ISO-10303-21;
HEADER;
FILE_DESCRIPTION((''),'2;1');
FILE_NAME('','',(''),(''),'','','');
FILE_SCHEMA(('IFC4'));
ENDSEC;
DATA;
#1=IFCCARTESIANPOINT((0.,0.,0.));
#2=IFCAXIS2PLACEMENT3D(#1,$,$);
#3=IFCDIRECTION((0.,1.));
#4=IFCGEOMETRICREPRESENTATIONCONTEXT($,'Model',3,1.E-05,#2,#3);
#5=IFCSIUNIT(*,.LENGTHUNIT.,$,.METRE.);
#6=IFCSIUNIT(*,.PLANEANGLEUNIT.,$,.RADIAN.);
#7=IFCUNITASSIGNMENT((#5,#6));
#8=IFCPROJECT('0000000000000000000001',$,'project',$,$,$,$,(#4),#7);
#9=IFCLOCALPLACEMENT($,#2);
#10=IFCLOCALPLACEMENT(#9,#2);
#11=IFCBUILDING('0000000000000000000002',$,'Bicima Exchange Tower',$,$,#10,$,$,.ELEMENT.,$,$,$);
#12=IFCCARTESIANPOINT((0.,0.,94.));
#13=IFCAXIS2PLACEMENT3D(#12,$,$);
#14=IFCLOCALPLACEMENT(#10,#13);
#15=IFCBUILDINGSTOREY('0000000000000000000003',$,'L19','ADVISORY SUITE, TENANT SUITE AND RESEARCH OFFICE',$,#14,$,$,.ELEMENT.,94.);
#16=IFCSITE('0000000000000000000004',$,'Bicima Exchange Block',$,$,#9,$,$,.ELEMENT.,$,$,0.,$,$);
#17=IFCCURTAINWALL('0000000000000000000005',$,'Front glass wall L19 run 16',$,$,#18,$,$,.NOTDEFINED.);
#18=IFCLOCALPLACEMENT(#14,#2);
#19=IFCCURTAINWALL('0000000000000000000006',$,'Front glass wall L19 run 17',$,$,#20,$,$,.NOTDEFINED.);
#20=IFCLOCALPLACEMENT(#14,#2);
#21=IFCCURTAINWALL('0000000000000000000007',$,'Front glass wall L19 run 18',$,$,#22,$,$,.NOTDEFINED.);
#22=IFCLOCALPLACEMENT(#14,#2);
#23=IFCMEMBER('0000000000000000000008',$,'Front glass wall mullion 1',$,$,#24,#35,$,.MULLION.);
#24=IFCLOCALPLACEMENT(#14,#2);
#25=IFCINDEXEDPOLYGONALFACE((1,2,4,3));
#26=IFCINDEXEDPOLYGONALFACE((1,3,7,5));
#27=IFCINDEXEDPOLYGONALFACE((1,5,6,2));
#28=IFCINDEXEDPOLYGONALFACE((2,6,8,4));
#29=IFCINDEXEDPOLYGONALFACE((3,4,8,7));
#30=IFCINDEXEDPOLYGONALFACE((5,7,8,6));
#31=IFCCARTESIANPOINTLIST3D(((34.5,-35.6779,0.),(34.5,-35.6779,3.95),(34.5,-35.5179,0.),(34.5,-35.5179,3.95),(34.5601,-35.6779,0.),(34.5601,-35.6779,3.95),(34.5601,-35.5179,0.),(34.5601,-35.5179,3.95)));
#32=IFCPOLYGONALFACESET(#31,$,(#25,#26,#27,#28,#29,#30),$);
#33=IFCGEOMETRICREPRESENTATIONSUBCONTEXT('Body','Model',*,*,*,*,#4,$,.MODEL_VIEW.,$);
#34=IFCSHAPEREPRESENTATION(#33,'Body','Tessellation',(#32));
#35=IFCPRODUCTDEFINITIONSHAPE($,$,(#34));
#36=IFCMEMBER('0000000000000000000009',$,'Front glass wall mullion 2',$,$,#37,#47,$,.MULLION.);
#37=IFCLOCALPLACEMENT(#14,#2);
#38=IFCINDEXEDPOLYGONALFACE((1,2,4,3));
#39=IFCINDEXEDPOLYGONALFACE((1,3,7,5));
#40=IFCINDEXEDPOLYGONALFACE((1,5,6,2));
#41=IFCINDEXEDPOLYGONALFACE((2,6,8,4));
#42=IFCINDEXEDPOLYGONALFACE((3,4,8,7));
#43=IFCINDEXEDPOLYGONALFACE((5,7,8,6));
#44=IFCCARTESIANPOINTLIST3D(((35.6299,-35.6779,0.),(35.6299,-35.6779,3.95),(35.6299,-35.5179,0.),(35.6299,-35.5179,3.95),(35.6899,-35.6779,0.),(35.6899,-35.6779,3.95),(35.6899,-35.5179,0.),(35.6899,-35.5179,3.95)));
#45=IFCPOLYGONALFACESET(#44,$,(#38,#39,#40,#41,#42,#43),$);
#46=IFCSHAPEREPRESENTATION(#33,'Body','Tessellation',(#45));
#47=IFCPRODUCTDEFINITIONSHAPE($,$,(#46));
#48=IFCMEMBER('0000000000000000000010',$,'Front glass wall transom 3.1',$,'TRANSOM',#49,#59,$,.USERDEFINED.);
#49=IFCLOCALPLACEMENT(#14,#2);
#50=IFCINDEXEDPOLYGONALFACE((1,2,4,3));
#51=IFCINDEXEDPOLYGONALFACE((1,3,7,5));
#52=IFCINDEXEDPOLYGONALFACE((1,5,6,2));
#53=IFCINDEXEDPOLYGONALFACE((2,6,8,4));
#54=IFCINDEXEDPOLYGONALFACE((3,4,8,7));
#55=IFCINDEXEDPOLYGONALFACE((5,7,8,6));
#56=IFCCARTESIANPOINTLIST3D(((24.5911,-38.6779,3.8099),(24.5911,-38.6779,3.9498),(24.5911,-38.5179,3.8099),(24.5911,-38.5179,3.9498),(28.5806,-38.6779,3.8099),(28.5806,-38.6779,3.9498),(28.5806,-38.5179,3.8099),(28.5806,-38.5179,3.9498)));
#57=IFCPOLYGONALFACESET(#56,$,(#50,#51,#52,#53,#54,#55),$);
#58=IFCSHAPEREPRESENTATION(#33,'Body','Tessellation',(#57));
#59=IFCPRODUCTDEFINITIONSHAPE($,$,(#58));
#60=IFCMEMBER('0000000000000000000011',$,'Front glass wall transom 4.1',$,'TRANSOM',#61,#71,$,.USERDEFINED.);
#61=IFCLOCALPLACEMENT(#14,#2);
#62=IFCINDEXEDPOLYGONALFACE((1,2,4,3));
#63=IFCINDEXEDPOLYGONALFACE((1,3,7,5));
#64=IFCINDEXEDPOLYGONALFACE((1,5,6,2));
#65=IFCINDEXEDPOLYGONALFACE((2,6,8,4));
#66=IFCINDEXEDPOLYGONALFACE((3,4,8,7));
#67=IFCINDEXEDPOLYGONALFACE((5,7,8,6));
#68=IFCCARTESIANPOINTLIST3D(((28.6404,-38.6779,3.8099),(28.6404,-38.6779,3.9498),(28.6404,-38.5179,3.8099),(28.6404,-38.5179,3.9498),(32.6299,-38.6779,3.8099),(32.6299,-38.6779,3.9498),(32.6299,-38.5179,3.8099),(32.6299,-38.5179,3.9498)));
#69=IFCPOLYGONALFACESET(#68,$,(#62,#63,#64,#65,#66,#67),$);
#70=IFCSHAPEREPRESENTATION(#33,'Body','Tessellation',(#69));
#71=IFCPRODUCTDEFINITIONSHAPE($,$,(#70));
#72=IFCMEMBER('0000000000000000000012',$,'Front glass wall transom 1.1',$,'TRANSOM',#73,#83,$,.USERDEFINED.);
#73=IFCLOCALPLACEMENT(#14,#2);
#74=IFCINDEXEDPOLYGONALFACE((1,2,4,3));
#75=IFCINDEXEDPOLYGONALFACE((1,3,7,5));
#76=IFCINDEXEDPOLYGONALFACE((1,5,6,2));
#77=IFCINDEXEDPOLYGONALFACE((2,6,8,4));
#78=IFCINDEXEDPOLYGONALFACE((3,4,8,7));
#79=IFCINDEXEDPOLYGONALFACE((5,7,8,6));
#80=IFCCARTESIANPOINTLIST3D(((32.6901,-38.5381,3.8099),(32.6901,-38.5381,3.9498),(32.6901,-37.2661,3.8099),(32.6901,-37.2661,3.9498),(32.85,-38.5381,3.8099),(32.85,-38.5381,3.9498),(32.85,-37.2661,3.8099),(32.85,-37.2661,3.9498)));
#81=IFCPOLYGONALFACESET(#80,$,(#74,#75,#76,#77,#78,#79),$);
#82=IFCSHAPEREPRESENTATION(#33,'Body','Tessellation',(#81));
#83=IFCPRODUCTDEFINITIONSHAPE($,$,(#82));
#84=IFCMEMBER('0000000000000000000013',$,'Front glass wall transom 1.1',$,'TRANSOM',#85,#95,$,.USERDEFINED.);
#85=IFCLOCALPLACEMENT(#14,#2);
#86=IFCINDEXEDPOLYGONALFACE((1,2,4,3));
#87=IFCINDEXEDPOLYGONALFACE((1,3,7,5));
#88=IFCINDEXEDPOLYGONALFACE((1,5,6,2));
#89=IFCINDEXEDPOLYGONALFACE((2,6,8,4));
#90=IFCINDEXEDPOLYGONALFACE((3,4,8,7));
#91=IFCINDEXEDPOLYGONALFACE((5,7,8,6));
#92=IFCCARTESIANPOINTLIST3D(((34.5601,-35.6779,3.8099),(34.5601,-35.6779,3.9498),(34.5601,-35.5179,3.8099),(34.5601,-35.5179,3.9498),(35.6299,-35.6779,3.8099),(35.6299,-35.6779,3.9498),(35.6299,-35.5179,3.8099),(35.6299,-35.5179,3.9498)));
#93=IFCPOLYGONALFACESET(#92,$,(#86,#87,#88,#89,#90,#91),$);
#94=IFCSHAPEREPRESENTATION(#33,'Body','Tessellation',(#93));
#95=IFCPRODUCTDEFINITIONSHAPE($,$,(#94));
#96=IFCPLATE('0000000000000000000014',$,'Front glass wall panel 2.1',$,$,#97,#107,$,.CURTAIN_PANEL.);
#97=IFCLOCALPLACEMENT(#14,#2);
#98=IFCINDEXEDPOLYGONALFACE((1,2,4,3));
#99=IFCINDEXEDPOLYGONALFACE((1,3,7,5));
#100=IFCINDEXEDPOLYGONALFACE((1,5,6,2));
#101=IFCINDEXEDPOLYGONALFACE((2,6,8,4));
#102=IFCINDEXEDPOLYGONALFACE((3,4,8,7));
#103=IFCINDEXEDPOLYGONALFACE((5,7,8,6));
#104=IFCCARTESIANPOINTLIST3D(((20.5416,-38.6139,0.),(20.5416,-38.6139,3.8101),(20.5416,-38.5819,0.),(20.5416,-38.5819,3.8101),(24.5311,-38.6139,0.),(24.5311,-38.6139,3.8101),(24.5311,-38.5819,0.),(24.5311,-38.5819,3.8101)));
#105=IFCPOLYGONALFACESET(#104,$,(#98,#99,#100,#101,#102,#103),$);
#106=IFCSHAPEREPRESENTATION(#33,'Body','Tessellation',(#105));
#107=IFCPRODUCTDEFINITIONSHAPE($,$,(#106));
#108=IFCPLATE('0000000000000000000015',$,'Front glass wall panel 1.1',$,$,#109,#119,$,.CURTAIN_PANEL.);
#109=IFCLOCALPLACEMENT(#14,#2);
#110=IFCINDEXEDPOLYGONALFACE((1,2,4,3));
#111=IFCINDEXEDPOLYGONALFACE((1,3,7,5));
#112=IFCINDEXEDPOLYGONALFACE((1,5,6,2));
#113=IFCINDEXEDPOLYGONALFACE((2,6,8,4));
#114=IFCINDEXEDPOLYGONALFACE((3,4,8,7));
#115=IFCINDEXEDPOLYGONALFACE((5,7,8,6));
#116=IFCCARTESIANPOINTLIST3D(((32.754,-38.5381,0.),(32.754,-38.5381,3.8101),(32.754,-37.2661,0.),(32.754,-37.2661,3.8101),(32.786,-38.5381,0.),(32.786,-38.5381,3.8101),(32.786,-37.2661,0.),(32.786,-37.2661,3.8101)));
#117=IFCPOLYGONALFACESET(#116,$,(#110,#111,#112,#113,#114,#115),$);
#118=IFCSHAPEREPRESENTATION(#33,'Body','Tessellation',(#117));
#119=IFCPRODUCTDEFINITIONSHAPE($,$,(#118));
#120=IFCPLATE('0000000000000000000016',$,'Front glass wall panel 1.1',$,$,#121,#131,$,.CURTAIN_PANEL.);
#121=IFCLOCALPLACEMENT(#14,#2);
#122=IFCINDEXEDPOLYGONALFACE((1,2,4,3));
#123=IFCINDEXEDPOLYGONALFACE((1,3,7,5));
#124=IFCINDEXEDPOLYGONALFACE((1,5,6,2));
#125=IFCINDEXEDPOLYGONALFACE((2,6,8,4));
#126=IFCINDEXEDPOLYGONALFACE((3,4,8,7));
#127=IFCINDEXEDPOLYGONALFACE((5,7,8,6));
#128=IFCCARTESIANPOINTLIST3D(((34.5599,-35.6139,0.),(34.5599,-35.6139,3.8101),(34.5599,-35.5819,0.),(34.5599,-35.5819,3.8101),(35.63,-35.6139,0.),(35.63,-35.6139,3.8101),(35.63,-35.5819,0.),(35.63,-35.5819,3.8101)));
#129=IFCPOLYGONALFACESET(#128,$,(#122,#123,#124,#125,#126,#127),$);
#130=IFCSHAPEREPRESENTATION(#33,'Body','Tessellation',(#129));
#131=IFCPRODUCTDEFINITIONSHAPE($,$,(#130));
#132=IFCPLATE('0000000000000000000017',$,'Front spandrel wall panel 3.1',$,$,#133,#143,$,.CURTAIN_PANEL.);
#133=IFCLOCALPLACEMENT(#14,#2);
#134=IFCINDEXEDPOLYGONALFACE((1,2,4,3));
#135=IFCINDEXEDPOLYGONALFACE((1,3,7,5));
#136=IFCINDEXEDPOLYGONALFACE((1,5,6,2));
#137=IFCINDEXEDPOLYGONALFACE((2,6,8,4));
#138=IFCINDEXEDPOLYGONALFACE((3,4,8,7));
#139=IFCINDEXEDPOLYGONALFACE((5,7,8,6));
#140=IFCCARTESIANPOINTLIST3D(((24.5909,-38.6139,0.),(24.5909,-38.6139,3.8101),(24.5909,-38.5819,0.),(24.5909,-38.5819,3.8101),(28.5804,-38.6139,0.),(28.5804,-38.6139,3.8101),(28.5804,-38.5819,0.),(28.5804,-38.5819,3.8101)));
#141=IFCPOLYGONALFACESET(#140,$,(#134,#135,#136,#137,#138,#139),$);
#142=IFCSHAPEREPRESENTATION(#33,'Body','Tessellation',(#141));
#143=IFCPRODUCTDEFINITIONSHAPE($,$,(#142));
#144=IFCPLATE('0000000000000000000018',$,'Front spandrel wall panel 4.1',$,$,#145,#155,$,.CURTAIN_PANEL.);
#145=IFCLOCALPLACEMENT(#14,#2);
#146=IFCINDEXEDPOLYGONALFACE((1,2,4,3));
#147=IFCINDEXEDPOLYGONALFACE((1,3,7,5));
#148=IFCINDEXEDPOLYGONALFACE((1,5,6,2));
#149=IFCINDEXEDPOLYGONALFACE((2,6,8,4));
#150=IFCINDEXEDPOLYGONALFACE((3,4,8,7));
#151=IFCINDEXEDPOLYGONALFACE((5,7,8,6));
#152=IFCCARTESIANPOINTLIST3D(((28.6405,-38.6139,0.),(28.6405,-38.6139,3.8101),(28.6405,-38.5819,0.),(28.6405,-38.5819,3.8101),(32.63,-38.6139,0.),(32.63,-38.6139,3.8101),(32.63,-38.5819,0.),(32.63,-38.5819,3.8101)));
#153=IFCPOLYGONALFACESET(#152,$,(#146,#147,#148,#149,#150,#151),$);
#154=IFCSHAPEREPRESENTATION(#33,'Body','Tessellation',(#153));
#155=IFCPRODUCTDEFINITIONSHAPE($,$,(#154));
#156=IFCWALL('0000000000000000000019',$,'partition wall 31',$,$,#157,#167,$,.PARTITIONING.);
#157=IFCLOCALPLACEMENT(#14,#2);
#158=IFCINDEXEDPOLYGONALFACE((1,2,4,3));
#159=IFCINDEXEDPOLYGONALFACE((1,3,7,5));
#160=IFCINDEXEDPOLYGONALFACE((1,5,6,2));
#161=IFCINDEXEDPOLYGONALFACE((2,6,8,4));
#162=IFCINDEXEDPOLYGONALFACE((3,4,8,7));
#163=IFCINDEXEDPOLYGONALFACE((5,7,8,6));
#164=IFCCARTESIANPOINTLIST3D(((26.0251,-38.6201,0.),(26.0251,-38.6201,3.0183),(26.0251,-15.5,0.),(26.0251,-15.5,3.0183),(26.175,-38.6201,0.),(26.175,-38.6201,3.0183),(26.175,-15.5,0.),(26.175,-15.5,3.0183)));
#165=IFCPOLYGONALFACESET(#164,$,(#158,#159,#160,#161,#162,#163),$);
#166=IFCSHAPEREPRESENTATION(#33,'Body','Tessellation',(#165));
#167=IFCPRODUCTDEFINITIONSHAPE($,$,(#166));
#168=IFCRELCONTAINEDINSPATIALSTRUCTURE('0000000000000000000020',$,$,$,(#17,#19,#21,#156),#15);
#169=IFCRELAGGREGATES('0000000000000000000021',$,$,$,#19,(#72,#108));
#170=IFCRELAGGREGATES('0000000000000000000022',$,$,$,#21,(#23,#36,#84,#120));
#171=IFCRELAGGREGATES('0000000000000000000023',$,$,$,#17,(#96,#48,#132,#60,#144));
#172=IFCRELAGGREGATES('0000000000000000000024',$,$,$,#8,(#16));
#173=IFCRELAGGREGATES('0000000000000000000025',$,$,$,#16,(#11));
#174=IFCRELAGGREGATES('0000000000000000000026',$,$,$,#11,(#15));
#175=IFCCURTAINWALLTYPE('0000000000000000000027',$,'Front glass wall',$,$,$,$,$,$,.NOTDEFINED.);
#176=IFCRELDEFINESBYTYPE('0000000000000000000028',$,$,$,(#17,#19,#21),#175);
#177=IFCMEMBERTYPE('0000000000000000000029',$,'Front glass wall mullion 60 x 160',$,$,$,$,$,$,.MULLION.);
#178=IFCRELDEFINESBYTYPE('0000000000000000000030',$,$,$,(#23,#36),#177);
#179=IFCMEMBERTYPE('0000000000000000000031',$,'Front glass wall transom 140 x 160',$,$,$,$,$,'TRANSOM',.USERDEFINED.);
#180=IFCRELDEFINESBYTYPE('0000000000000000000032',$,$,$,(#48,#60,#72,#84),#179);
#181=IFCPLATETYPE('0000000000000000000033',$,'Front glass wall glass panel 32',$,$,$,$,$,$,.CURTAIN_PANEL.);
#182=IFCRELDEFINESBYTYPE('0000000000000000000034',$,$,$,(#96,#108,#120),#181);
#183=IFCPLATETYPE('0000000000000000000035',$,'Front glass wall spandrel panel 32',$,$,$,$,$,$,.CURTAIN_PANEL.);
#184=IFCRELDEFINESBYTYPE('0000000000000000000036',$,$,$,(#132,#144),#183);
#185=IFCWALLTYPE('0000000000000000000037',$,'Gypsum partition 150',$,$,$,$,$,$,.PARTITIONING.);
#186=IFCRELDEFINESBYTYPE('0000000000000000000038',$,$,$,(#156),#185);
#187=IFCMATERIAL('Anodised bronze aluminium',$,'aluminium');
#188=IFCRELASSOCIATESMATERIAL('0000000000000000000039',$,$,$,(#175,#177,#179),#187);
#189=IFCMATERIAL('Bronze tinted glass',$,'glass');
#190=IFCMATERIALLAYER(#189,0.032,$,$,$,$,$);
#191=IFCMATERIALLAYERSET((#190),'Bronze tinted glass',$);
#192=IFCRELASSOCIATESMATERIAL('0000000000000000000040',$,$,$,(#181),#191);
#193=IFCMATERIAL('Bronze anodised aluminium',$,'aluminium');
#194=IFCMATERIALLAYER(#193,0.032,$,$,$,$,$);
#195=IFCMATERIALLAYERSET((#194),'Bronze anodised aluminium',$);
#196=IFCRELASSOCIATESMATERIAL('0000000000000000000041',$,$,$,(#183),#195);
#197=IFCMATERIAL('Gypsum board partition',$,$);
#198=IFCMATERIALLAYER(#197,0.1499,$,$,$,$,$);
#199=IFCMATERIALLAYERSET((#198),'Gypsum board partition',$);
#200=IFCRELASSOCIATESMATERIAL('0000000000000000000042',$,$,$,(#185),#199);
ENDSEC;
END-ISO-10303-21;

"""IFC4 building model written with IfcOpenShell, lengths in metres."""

from ifc_helpers import new_model, si_unit, direction, frame, frame_2d, origin, origin_2d, place, context, subcontext, project, spatial, rectangle, extrude, material, layer, layer_set, material_profile, profile_set, type_object, element, aggregate, save


model = new_model("IFC4")

# Units and contexts
model_context = context("Model", 3, precision=1e-05, world=origin(), true_north=direction((0.0, 1.0)))
body_context = subcontext(model_context, "Body", "Model", "MODEL_VIEW")
ifc_project = project(units=[si_unit("LENGTHUNIT", "METRE"), si_unit("PLANEANGLEUNIT", "RADIAN")], contexts=[model_context])

# Site, building, storey
site_placement = place(None, origin())
site = spatial("IfcSite", under=ifc_project, at=site_placement, Name="Bicima Exchange Block", CompositionType="ELEMENT", RefElevation=0.0)
building_placement = place(site_placement, origin())
building = spatial("IfcBuilding", under=site, at=building_placement, Name="Bicima Exchange Tower", CompositionType="ELEMENT")
storey_placement = place(building_placement, frame((0.0, 0.0, 94.0)))
storey = spatial("IfcBuildingStorey", under=building, at=storey_placement, Name="L19", Description="ADVISORY SUITE, TENANT SUITE AND RESEARCH OFFICE", CompositionType="ELEMENT", Elevation=94.0)

# Shared definitions
ifc_material_1 = material(Name="Anodised bronze aluminium", Category="aluminium")
ifc_material_profile_1 = material_profile(ifc_material_1, rectangle(XDim=0.1599, YDim=0.0601, at=origin_2d()))
ifc_profile_set_1 = profile_set([ifc_material_profile_1], Name="Anodised bronze aluminium")
ifc_material_profile_2 = material_profile(ifc_material_1, rectangle(XDim=0.1599, YDim=0.1399, at=origin_2d()))
ifc_profile_set_2 = profile_set([ifc_material_profile_2], Name="Anodised bronze aluminium")

# Curtain walls, members
curtain_wall_type_1 = type_object("IfcCurtainWallType", Name="Front glass wall", PredefinedType="NOTDEFINED", material=ifc_material_1)
curtain_wall_1_placement = place(storey_placement, origin())
curtain_wall_1 = element("IfcCurtainWall", 1, at=curtain_wall_1_placement, inside=storey, type_object=curtain_wall_type_1, Name="Front glass wall L19 run 16", PredefinedType="NOTDEFINED")
member_type_1 = type_object("IfcMemberType", Name="Front glass wall mullion 60 x 160", PredefinedType="MULLION", material=ifc_profile_set_1)
curtain_wall_2_placement = place(storey_placement, origin())
curtain_wall_2 = element("IfcCurtainWall", 2, at=curtain_wall_2_placement, inside=storey, type_object=curtain_wall_type_1, Name="Front glass wall L19 run 17", PredefinedType="NOTDEFINED")
curtain_wall_3_placement = place(storey_placement, origin())
curtain_wall_3 = element("IfcCurtainWall", 3, at=curtain_wall_3_placement, inside=storey, type_object=curtain_wall_type_1, Name="Front glass wall L19 run 18", PredefinedType="NOTDEFINED")
member_1_placement = place(storey_placement, frame((34.53, -35.5979, 0.0), z_axis=(0.0, 0.0, 1.0), x_axis=(0.0, 1.0, 0.0)))
member_1 = element("IfcMember", 4, at=member_1_placement, type_object=member_type_1, Name="Front glass wall mullion 1", PredefinedType="MULLION", context=body_context, shape_type="SweptSolid", body=[
    extrude(rectangle(XDim=0.1599, YDim=0.0601, at=origin_2d()), origin(), (0.0, 0.0, 1.0), 3.95),
])
member_2_placement = place(storey_placement, frame((35.6599, -35.5979, 0.0), z_axis=(0.0, 0.0, 1.0), x_axis=(0.0, 1.0, 0.0)))
member_2 = element("IfcMember", 5, at=member_2_placement, type_object=member_type_1, Name="Front glass wall mullion 2", PredefinedType="MULLION", context=body_context, shape_type="SweptSolid", body=[
    extrude(rectangle(XDim=0.1599, YDim=0.0601, at=origin_2d()), origin(), (0.0, 0.0, 1.0), 3.95),
])

# Members
member_type_2 = type_object("IfcMemberType", Name="Front glass wall transom 140 x 160", ElementType="TRANSOM", PredefinedType="USERDEFINED", material=ifc_profile_set_2)
member_3_placement = place(storey_placement, frame((24.5911, -38.5979, 3.8799), z_axis=(1.0, 0.0, 0.0), x_axis=(0.0, 1.0, 0.0)))
member_3 = element("IfcMember", 6, at=member_3_placement, type_object=member_type_2, Name="Front glass wall transom 3.1", ObjectType="TRANSOM", PredefinedType="USERDEFINED", context=body_context, shape_type="SweptSolid", body=[
    extrude(rectangle(XDim=0.1599, YDim=0.1399, at=origin_2d()), origin(), (0.0, 0.0, 1.0), 3.9895),
])
member_4_placement = place(storey_placement, frame((28.6404, -38.5979, 3.8799), z_axis=(1.0, 0.0, 0.0), x_axis=(0.0, 1.0, 0.0)))
member_4 = element("IfcMember", 7, at=member_4_placement, type_object=member_type_2, Name="Front glass wall transom 4.1", ObjectType="TRANSOM", PredefinedType="USERDEFINED", context=body_context, shape_type="SweptSolid", body=[
    extrude(rectangle(XDim=0.1599, YDim=0.1399, at=origin_2d()), origin(), (0.0, 0.0, 1.0), 3.9895),
])
member_5_placement = place(storey_placement, frame((32.77, -38.5381, 3.8799), z_axis=(0.0, 1.0, 0.0), x_axis=(-1.0, 0.0, 0.0)))
member_5 = element("IfcMember", 8, at=member_5_placement, type_object=member_type_2, Name="Front glass wall transom 1.1", ObjectType="TRANSOM", PredefinedType="USERDEFINED", context=body_context, shape_type="SweptSolid", body=[
    extrude(rectangle(XDim=0.1599, YDim=0.1399, at=origin_2d()), origin(), (0.0, 0.0, 1.0), 1.272),
])
member_6_placement = place(storey_placement, frame((34.5601, -35.5979, 3.8799), z_axis=(1.0, 0.0, 0.0), x_axis=(0.0, 1.0, 0.0)))
member_6 = element("IfcMember", 9, at=member_6_placement, type_object=member_type_2, Name="Front glass wall transom 1.1", ObjectType="TRANSOM", PredefinedType="USERDEFINED", context=body_context, shape_type="SweptSolid", body=[
    extrude(rectangle(XDim=0.1599, YDim=0.1399, at=origin_2d()), origin(), (0.0, 0.0, 1.0), 1.0698),
])

# Plates
ifc_material_2 = material(Name="Bronze tinted glass", Category="glass")
ifc_layer_1 = layer(ifc_material_2, 0.032)
ifc_layer_set_1 = layer_set([ifc_layer_1], Name="Bronze tinted glass")
plate_type_1 = type_object("IfcPlateType", Name="Front glass wall glass panel 32", PredefinedType="CURTAIN_PANEL", material=ifc_layer_set_1)
plate_1_placement = place(storey_placement, frame((22.5364, -38.5979, 0.0), z_axis=(0.0, 0.0, 1.0), x_axis=(1.0, 0.0, 0.0)))
plate_1 = element("IfcPlate", 10, at=plate_1_placement, type_object=plate_type_1, Name="Front glass wall panel 2.1", PredefinedType="CURTAIN_PANEL", context=body_context, shape_type="SweptSolid", body=[
    extrude(rectangle(XDim=3.9895, YDim=0.032, at=origin_2d()), origin(), (0.0, 0.0, 1.0), 3.8101),
])
plate_2_placement = place(storey_placement, frame((32.77, -37.9021, 0.0), z_axis=(0.0, 0.0, 1.0), x_axis=(0.0, 1.0, 0.0)))
plate_2 = element("IfcPlate", 11, at=plate_2_placement, type_object=plate_type_1, Name="Front glass wall panel 1.1", PredefinedType="CURTAIN_PANEL", context=body_context, shape_type="SweptSolid", body=[
    extrude(rectangle(XDim=1.272, YDim=0.032, at=origin_2d()), origin(), (0.0, 0.0, 1.0), 3.8101),
])
aggregate(curtain_wall_2, [member_5, plate_2])
plate_3_placement = place(storey_placement, frame((35.095, -35.5979, 0.0), z_axis=(0.0, 0.0, 1.0), x_axis=(1.0, 0.0, 0.0)))
plate_3 = element("IfcPlate", 12, at=plate_3_placement, type_object=plate_type_1, Name="Front glass wall panel 1.1", PredefinedType="CURTAIN_PANEL", context=body_context, shape_type="SweptSolid", body=[
    extrude(rectangle(XDim=1.0701, YDim=0.032, at=origin_2d()), origin(), (0.0, 0.0, 1.0), 3.8101),
])
aggregate(curtain_wall_3, [member_1, member_2, member_6, plate_3])
ifc_material_3 = material(Name="Bronze anodised aluminium", Category="aluminium")
ifc_layer_2 = layer(ifc_material_3, 0.032)
ifc_layer_set_2 = layer_set([ifc_layer_2], Name="Bronze anodised aluminium")
plate_type_2 = type_object("IfcPlateType", Name="Front glass wall spandrel panel 32", PredefinedType="CURTAIN_PANEL", material=ifc_layer_set_2)
plate_4_placement = place(storey_placement, frame((26.5857, -38.5979, 0.0), z_axis=(0.0, 0.0, 1.0), x_axis=(1.0, 0.0, 0.0)))
plate_4 = element("IfcPlate", 13, at=plate_4_placement, type_object=plate_type_2, Name="Front spandrel wall panel 3.1", PredefinedType="CURTAIN_PANEL", context=body_context, shape_type="SweptSolid", body=[
    extrude(rectangle(XDim=3.9895, YDim=0.032, at=origin_2d()), origin(), (0.0, 0.0, 1.0), 3.8101),
])
plate_5_placement = place(storey_placement, frame((30.6353, -38.5979, 0.0), z_axis=(0.0, 0.0, 1.0), x_axis=(1.0, 0.0, 0.0)))
plate_5 = element("IfcPlate", 14, at=plate_5_placement, type_object=plate_type_2, Name="Front spandrel wall panel 4.1", PredefinedType="CURTAIN_PANEL", context=body_context, shape_type="SweptSolid", body=[
    extrude(rectangle(XDim=3.9895, YDim=0.032, at=origin_2d()), origin(), (0.0, 0.0, 1.0), 3.8101),
])
aggregate(curtain_wall_1, [plate_1, member_3, plate_4, member_4, plate_5])

# Wall
ifc_material_4 = material(Name="Gypsum board partition")
ifc_layer_3 = layer(ifc_material_4, 0.1499)
ifc_layer_set_3 = layer_set([ifc_layer_3], Name="Gypsum board partition")
wall_type = type_object("IfcWallType", Name="Gypsum partition 150", PredefinedType="PARTITIONING", material=ifc_layer_set_3)
wall_placement = place(storey_placement, frame((26.1001, -38.6201, 0.0), z_axis=(0.0, 0.0, 1.0), x_axis=(0.0, 1.0, 0.0)))
element("IfcWall", 15, at=wall_placement, inside=storey, type_object=wall_type, Name="partition wall 31", PredefinedType="PARTITIONING", context=body_context, shape_type="SweptSolid", body=[
    extrude(rectangle(XDim=23.1201, YDim=0.1499, at=frame_2d((11.5601, 0.0))), origin(), (0.0, 0.0, 1.0), 3.0183),
])

save(model, "model.ifc")
